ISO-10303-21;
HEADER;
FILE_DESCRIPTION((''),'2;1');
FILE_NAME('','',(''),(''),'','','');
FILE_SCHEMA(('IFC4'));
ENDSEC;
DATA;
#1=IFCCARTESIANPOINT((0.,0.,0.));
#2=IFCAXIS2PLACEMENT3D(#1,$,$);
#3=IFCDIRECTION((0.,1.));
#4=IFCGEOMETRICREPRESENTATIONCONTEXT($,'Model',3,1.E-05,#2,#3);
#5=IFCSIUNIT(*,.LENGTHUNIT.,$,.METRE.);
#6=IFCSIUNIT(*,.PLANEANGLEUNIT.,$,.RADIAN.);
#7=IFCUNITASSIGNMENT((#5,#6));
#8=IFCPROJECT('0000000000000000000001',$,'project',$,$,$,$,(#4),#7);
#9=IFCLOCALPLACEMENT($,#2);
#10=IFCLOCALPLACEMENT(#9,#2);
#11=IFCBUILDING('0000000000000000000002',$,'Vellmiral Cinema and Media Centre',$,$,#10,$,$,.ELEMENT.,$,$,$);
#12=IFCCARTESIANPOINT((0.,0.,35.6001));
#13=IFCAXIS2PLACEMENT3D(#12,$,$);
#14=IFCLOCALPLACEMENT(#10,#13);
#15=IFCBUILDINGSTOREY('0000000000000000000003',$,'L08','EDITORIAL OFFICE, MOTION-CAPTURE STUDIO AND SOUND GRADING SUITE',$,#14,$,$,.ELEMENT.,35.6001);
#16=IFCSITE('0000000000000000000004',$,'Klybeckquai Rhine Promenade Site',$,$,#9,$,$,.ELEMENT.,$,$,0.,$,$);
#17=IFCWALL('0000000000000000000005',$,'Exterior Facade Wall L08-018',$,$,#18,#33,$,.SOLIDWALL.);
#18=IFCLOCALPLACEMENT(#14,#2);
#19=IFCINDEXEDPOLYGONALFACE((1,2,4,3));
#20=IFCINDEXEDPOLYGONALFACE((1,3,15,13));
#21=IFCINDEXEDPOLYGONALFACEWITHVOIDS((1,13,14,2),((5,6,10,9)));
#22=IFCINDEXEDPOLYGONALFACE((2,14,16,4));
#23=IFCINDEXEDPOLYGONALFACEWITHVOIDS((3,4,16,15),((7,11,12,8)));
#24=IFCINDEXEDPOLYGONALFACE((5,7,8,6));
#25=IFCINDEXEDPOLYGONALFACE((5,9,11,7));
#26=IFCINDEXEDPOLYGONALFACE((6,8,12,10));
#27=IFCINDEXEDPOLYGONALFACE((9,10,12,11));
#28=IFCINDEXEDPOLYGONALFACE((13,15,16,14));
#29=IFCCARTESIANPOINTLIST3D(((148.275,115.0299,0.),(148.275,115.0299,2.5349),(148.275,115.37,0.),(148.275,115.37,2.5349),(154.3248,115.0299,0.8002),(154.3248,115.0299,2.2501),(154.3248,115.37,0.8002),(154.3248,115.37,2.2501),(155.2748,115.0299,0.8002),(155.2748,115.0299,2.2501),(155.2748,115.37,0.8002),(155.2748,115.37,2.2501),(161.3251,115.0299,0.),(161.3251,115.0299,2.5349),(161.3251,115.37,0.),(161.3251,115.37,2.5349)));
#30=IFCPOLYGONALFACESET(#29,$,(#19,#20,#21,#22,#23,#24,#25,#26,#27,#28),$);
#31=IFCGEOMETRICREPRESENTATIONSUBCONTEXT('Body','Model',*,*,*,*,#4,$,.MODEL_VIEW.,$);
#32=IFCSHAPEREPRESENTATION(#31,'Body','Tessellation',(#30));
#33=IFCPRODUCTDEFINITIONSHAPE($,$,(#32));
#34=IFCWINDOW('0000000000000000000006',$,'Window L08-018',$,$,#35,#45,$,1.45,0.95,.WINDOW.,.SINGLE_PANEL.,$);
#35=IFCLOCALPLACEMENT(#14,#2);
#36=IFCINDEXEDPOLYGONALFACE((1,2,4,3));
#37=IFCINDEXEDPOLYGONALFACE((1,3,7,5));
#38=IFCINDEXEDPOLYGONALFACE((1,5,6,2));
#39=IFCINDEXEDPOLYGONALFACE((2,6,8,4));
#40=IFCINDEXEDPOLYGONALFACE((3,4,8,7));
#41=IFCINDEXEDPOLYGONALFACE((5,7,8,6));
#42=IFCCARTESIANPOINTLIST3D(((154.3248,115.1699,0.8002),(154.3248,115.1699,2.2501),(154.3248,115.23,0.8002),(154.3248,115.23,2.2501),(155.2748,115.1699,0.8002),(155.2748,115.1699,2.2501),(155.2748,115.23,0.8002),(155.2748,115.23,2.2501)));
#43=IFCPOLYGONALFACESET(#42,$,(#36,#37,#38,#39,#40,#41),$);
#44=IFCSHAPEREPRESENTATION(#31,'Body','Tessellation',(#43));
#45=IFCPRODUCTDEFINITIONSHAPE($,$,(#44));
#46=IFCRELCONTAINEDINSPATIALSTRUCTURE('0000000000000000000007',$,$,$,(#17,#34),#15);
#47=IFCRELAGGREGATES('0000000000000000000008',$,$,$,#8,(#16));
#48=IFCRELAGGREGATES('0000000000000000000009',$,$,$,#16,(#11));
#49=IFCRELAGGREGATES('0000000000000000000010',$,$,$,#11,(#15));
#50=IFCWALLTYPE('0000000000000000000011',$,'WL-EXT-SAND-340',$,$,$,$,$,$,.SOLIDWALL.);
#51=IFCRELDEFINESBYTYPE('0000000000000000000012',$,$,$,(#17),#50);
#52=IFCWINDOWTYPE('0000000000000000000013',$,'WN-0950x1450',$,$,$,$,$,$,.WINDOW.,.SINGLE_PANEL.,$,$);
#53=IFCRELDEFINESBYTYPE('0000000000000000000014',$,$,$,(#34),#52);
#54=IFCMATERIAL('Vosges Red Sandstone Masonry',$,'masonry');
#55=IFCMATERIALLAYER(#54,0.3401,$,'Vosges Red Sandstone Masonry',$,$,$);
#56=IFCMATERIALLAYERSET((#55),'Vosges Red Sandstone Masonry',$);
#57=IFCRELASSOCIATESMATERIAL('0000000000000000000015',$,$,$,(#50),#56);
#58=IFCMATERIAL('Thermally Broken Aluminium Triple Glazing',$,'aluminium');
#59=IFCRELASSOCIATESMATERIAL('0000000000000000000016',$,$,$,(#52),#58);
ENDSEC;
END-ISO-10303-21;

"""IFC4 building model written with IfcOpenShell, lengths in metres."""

from ifc_helpers import new_model, si_unit, direction, frame, frame_2d, origin, place, context, subcontext, project, spatial, rectangle, extrude, material, layer, layer_set, type_object, element, fill, save


model = new_model("IFC4")

# Units and contexts
model_context = context("Model", 3, precision=1e-05, world=origin(), true_north=direction((0.0, 1.0)))
body_context = subcontext(model_context, "Body", "Model", "MODEL_VIEW")
ifc_project = project(units=[si_unit("LENGTHUNIT", "METRE"), si_unit("PLANEANGLEUNIT", "RADIAN")], contexts=[model_context])

# Site, building, storey
site_placement = place(None, origin())
site = spatial("IfcSite", under=ifc_project, at=site_placement, Name="Klybeckquai Rhine Promenade Site", CompositionType="ELEMENT", RefElevation=0.0)
building_placement = place(site_placement, origin())
building = spatial("IfcBuilding", under=site, at=building_placement, Name="Vellmiral Cinema and Media Centre", CompositionType="ELEMENT")
storey_placement = place(building_placement, frame((0.0, 0.0, 35.6001)))
storey = spatial("IfcBuildingStorey", under=building, at=storey_placement, Name="L08", Description="EDITORIAL OFFICE, MOTION-CAPTURE STUDIO AND SOUND GRADING SUITE", CompositionType="ELEMENT", Elevation=35.6001)

# Shared definitions
ifc_material_1 = material(Name="Vosges Red Sandstone Masonry", Category="masonry")
ifc_layer_1 = layer(ifc_material_1, 0.3401, Name="Vosges Red Sandstone Masonry")
ifc_layer_set_1 = layer_set([ifc_layer_1], Name="Vosges Red Sandstone Masonry")
wall_type_1 = type_object("IfcWallType", Name="WL-EXT-SAND-340", PredefinedType="SOLIDWALL", material=ifc_layer_set_1)

# Wall, opening, window
wall_1_placement = place(storey_placement, frame((161.325, 115.2, 0.0), z_axis=(0.0, 0.0, 1.0), x_axis=(-1.0, 0.0, 0.0)))
wall_1 = element("IfcWall", 1, at=wall_1_placement, inside=storey, type_object=wall_type_1, Name="Exterior Facade Wall L08-018", PredefinedType="SOLIDWALL", context=body_context, shape_type="SweptSolid", body=[
    extrude(rectangle(XDim=13.05, YDim=0.3401, at=frame_2d((6.5249, 0.0))), origin(), (0.0, 0.0, 1.0), 2.5349),
])
opening_1_placement = place(wall_1_placement, frame((6.05, 0.0, 0.8)))
opening_1 = element("IfcOpeningElement", 2, at=opening_1_placement, cuts=wall_1, PredefinedType="OPENING", context=body_context, shape_type="SweptSolid", body=[
    extrude(rectangle(XDim=0.95, YDim=1.45, at=frame_2d((0.4751, 0.7251))), frame((0.0, 0.1821, 0.0), z_axis=(0.0, -1.0, 0.0), x_axis=(1.0, 0.0, 0.0)), (0.0, 0.0, 1.0), 0.364),
])
ifc_material_2 = material(Name="Thermally Broken Aluminium Triple Glazing", Category="aluminium")
window_type_1 = type_object("IfcWindowType", Name="WN-0950x1450", PartitioningType="SINGLE_PANEL", PredefinedType="WINDOW", material=ifc_material_2)
window_1_placement = place(opening_1_placement, origin())
window_1 = element("IfcWindow", 3, at=window_1_placement, inside=storey, type_object=window_type_1, Name="Window L08-018", OverallHeight=1.45, OverallWidth=0.95, PartitioningType="SINGLE_PANEL", PredefinedType="WINDOW", context=body_context, shape_type="SweptSolid", body=[
    extrude(rectangle(XDim=0.95, YDim=1.45, at=frame_2d((0.4751, 0.7251))), frame((0.0, 0.03, 0.0), z_axis=(0.0, -1.0, 0.0), x_axis=(1.0, 0.0, 0.0)), (0.0, 0.0, 1.0), 0.0601),
])
fill(opening_1, window_1)

save(model, "model.ifc")
